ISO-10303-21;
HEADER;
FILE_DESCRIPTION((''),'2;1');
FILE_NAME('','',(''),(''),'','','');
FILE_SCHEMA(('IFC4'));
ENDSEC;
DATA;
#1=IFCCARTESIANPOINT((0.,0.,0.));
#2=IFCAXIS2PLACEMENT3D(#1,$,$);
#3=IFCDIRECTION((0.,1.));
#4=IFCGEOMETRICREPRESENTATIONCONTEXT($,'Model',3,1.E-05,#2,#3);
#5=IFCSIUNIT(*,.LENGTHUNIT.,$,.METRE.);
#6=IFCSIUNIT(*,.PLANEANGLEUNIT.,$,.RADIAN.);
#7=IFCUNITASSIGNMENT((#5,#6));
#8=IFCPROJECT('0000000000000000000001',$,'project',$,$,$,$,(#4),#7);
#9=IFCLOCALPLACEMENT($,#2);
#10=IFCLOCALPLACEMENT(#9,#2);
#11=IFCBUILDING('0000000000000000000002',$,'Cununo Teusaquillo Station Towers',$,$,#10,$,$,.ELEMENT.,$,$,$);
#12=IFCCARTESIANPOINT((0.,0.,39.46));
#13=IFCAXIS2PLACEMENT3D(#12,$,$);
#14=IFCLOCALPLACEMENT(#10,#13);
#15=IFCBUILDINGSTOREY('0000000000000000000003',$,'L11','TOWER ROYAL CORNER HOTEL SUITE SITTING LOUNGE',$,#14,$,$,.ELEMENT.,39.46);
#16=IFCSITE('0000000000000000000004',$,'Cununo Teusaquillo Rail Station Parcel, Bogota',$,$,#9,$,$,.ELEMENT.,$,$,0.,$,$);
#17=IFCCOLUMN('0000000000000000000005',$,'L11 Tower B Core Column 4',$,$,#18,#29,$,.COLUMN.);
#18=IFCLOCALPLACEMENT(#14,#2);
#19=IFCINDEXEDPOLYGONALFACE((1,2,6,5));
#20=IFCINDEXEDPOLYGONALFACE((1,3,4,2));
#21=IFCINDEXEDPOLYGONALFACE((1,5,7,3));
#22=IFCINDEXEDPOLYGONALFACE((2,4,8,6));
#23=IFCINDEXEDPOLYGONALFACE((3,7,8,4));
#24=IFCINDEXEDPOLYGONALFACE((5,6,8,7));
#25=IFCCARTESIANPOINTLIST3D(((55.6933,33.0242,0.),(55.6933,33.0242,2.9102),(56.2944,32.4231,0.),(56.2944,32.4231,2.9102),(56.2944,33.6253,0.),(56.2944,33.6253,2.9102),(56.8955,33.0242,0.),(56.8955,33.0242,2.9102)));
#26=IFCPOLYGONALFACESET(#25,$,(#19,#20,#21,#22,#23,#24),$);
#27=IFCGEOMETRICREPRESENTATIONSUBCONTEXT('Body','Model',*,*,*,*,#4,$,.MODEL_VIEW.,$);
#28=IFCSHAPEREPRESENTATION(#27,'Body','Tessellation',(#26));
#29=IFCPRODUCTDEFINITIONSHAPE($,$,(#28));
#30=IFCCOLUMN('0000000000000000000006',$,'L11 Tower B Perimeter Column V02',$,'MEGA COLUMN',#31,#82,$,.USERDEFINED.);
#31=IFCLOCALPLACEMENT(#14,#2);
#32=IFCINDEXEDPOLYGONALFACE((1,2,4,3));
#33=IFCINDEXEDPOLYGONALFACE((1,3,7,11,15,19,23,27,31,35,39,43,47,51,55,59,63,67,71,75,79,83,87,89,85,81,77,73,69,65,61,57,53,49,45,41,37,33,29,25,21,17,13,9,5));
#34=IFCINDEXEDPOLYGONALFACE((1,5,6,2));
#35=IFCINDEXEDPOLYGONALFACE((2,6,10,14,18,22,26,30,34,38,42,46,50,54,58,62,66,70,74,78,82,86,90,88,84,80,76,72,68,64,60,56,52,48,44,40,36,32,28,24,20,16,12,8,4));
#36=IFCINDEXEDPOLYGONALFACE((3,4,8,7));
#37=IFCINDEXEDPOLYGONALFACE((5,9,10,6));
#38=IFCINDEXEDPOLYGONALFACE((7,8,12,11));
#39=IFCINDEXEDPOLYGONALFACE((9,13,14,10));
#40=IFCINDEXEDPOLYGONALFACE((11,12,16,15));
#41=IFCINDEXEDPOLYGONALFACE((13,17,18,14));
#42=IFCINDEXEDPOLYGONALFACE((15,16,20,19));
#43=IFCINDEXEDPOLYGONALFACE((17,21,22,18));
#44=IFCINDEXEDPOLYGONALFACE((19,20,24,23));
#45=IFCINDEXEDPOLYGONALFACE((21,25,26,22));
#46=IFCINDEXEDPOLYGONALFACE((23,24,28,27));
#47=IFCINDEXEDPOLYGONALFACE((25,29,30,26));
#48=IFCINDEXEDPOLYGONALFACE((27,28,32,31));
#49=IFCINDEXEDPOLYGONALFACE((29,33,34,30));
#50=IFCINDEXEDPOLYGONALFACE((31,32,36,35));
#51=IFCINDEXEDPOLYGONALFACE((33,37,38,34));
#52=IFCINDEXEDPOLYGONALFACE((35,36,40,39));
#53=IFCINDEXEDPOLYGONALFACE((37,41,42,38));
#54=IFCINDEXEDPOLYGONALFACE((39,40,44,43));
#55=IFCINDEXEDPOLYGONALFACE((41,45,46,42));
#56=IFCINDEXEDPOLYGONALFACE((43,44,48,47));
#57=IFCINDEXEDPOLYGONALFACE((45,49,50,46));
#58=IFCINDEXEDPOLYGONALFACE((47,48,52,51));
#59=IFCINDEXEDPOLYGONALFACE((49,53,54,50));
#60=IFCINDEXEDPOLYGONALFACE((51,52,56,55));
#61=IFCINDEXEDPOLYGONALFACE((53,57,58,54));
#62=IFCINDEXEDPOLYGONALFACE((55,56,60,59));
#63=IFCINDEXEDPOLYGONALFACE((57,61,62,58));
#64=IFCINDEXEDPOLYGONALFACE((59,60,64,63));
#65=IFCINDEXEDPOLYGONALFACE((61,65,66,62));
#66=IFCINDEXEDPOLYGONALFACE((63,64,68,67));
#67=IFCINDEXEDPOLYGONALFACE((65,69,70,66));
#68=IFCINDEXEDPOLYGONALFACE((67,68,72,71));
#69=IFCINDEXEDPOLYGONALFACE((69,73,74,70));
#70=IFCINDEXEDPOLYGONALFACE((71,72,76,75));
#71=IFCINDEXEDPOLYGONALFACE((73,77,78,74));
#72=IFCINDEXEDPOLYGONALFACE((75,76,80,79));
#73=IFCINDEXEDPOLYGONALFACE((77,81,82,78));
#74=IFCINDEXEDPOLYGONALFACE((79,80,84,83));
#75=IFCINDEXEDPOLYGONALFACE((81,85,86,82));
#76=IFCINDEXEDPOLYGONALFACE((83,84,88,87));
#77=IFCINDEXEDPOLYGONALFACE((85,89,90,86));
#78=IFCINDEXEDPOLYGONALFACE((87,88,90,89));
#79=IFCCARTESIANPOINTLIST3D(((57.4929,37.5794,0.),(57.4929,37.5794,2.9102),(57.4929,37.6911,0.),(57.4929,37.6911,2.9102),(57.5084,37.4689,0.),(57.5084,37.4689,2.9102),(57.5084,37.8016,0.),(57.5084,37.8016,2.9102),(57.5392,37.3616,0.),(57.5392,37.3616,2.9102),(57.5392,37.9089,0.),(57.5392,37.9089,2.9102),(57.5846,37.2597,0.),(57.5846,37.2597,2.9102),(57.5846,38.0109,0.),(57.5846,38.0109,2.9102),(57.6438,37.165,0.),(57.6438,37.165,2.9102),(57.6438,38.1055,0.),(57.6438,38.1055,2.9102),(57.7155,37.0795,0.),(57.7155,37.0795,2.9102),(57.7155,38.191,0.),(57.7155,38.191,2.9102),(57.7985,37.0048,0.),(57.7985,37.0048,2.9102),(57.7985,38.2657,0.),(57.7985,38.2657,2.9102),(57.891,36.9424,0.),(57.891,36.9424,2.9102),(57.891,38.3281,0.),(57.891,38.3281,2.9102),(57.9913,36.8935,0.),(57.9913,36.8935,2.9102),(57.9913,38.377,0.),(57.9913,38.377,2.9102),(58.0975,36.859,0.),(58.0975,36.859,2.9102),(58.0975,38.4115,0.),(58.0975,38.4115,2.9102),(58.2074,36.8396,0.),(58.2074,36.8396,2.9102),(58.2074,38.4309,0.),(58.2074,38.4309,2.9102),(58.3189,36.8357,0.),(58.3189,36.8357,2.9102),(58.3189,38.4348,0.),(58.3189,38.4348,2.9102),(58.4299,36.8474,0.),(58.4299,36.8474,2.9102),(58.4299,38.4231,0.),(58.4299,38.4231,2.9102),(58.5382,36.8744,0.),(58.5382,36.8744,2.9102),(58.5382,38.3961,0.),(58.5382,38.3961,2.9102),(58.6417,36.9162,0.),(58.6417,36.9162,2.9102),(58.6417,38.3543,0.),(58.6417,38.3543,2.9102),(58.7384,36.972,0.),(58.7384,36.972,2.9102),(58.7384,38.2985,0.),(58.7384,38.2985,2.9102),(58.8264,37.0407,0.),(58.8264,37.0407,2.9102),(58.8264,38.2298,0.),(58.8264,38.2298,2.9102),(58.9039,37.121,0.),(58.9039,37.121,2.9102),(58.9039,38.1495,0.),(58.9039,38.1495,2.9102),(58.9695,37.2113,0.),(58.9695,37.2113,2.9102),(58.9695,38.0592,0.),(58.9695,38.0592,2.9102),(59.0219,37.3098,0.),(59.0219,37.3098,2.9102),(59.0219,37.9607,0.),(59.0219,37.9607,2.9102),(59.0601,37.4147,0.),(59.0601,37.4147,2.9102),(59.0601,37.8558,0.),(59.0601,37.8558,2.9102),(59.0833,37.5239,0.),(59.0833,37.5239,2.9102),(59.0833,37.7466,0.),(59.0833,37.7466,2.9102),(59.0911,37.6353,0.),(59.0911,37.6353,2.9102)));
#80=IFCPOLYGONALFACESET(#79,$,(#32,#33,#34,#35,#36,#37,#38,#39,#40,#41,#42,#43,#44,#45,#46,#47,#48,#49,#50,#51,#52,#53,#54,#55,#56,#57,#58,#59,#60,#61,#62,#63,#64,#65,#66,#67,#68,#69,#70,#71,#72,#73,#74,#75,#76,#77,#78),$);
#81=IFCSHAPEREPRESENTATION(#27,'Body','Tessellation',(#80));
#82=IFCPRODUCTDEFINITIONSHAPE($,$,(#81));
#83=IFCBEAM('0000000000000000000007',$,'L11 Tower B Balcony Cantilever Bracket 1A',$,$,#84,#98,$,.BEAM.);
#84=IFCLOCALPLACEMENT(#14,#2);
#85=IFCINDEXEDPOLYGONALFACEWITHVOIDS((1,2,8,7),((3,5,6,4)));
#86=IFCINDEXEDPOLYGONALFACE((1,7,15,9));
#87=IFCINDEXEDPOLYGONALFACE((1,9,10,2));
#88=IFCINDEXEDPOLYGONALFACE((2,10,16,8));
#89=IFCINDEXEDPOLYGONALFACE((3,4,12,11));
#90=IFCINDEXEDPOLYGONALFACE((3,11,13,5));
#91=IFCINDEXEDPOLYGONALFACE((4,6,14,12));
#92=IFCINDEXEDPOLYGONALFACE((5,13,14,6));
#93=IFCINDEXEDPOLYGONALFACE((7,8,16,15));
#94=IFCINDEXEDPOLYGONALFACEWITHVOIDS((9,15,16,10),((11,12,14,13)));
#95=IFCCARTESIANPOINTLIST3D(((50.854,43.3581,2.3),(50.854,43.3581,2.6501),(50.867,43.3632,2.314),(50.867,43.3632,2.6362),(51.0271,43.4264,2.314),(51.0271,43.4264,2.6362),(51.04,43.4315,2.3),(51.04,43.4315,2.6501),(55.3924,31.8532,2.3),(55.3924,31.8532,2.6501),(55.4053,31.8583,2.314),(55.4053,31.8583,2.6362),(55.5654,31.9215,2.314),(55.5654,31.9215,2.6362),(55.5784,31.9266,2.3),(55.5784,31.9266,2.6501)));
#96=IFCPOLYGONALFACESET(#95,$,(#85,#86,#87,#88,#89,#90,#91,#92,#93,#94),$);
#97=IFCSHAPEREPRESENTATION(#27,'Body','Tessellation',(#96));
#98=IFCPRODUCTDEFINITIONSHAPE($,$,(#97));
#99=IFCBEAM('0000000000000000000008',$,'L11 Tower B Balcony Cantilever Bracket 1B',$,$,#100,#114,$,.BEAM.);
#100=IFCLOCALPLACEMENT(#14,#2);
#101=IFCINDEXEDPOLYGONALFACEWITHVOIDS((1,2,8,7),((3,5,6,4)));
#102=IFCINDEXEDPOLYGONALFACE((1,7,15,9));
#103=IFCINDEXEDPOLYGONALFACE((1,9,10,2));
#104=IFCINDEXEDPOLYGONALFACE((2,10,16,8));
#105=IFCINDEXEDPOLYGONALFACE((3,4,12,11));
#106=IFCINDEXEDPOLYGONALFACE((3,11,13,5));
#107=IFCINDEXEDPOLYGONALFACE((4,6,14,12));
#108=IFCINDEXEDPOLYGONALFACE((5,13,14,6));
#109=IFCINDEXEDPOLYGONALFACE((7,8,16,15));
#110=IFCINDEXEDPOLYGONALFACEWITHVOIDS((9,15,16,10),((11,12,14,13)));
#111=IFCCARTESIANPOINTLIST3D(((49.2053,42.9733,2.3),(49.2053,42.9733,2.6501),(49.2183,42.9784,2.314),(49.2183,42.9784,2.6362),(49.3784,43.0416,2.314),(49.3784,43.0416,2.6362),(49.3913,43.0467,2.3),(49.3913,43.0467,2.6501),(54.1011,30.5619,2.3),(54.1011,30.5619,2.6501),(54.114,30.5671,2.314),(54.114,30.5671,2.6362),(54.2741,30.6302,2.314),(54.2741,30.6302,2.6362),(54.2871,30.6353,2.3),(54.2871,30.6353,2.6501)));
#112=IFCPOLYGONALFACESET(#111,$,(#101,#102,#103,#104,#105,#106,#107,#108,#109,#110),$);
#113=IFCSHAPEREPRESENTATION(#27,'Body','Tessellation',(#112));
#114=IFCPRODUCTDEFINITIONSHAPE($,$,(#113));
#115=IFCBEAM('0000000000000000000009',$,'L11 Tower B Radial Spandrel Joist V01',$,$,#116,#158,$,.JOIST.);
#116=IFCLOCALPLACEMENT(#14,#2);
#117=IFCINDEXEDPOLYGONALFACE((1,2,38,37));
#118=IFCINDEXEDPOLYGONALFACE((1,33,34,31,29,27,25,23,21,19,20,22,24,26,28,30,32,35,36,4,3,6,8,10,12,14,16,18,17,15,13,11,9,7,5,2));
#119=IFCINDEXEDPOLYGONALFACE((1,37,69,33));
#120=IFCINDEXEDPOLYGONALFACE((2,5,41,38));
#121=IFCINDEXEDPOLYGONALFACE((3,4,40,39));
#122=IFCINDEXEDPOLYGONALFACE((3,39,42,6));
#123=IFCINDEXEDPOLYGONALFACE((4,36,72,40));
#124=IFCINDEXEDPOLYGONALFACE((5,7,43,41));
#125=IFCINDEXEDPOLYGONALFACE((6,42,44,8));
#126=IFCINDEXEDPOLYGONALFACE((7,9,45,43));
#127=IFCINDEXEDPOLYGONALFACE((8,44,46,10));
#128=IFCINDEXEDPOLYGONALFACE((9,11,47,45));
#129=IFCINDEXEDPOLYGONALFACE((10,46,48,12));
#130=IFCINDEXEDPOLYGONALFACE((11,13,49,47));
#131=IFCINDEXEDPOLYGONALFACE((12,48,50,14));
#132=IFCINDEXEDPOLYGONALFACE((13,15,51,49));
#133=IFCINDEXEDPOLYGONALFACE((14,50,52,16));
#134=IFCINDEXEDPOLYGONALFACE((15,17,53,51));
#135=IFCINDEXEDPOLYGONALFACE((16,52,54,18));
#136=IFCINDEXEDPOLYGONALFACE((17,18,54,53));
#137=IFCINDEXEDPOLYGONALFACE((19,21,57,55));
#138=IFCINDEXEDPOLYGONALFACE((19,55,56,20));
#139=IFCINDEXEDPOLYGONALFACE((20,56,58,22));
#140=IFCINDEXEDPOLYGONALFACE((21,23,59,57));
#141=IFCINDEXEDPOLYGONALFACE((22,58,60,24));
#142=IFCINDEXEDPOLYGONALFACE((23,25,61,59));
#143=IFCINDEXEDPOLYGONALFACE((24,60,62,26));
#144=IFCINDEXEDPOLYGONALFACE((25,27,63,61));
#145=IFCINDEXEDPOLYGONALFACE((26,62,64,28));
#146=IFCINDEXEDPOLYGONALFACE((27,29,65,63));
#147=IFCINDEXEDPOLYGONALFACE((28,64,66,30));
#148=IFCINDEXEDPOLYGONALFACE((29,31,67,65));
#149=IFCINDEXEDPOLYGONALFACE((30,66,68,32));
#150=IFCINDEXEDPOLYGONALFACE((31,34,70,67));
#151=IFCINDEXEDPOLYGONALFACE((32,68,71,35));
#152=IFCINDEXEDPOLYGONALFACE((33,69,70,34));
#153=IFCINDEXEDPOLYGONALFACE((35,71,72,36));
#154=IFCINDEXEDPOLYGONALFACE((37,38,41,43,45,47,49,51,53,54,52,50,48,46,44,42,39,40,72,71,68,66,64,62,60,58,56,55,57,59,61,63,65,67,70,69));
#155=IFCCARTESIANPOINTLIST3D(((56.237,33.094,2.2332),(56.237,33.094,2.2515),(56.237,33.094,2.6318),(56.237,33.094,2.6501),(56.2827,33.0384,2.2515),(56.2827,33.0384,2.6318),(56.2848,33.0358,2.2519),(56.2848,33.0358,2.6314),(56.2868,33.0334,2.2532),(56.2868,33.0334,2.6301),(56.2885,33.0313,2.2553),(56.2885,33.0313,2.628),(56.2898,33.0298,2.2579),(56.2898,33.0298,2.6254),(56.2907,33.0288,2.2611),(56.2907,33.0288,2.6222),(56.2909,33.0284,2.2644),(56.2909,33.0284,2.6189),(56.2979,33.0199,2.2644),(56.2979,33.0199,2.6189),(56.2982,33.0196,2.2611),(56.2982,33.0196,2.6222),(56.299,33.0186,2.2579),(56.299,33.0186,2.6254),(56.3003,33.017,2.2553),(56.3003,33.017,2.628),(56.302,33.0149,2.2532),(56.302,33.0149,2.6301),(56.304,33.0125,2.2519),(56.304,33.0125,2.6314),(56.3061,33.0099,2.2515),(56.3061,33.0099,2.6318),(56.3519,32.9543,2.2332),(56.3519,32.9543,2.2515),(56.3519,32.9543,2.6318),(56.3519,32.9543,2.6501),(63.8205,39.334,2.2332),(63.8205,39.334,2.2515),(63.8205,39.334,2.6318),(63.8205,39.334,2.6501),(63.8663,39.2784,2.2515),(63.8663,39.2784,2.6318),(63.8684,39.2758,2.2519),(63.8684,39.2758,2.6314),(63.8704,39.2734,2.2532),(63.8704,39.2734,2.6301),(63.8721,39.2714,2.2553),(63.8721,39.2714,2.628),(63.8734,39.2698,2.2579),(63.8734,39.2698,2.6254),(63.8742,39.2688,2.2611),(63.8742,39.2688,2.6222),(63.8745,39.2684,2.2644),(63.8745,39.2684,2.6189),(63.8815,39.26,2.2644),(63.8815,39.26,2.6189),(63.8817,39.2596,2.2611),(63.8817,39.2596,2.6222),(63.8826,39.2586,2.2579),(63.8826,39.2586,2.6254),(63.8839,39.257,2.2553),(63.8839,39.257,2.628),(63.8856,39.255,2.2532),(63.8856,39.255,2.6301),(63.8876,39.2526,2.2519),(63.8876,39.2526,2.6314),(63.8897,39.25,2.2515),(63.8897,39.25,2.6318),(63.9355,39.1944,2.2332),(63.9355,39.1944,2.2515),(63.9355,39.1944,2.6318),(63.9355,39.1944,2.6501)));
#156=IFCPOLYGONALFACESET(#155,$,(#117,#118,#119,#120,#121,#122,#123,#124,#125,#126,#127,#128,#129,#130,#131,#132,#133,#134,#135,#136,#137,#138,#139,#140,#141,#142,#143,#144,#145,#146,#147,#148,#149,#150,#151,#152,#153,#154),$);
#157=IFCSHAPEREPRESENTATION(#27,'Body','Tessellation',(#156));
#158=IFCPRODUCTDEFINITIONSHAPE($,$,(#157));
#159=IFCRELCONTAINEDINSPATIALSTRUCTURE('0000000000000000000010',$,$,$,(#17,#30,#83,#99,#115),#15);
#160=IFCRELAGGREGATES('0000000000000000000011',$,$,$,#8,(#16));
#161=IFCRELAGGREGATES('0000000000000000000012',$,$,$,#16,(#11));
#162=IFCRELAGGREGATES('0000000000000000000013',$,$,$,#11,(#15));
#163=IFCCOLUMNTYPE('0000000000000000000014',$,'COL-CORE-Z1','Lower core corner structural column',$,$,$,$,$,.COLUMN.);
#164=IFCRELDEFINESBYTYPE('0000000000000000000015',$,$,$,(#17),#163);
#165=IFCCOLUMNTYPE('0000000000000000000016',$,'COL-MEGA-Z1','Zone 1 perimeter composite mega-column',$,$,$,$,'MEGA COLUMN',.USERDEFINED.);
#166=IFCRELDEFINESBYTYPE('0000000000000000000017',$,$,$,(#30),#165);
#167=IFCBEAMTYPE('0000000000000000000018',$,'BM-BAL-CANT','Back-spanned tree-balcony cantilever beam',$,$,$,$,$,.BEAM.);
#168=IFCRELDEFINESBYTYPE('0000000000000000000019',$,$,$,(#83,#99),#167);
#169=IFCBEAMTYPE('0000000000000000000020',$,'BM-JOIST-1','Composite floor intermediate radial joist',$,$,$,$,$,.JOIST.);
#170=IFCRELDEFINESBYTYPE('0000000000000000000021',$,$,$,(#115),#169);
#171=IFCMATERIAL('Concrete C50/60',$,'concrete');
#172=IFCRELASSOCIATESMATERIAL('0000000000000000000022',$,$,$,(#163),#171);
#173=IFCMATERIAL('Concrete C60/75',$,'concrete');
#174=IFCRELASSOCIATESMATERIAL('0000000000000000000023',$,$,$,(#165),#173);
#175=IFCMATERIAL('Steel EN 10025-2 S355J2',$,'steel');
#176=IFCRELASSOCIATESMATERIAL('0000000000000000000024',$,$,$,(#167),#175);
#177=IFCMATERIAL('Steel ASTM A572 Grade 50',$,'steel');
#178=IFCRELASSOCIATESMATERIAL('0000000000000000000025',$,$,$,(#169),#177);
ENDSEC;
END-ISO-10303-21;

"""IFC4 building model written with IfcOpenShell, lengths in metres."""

from ifc_helpers import new_model, si_unit, direction, frame, origin, origin_2d, place, context, subcontext, project, spatial, rectangle, hollow_rectangle, circle, i_section, extrude, material, material_profile, profile_set, type_object, element, save


model = new_model("IFC4")

# Units and contexts
model_context = context("Model", 3, precision=1e-05, world=origin(), true_north=direction((0.0, 1.0)))
body_context = subcontext(model_context, "Body", "Model", "MODEL_VIEW")
ifc_project = project(units=[si_unit("LENGTHUNIT", "METRE"), si_unit("PLANEANGLEUNIT", "RADIAN")], contexts=[model_context])

# Site, building, storey
site_placement = place(None, origin())
site = spatial("IfcSite", under=ifc_project, at=site_placement, Name="Cununo Teusaquillo Rail Station Parcel, Bogota", CompositionType="ELEMENT", RefElevation=0.0)
building_placement = place(site_placement, origin())
building = spatial("IfcBuilding", under=site, at=building_placement, Name="Cununo Teusaquillo Station Towers", CompositionType="ELEMENT")
storey_placement = place(building_placement, frame((0.0, 0.0, 39.46)))
storey = spatial("IfcBuildingStorey", under=building, at=storey_placement, Name="L11", Description="TOWER ROYAL CORNER HOTEL SUITE SITTING LOUNGE", CompositionType="ELEMENT", Elevation=39.46)

# Columns
ifc_material_1 = material(Name="Concrete C50/60", Category="concrete")
ifc_material_profile_1 = material_profile(ifc_material_1, rectangle(XDim=0.8501, YDim=0.8501, at=origin_2d()), Name="RC-RECT-850x850")
ifc_profile_set_1 = profile_set([ifc_material_profile_1], Name="Concrete C50/60")
column_type_1 = type_object("IfcColumnType", Name="COL-CORE-Z1", Description="Lower core corner structural column", PredefinedType="COLUMN", material=ifc_profile_set_1)
column_1_placement = place(storey_placement, frame((56.2944, 33.0242, 0.0), z_axis=(0.0, 0.0, 1.0), x_axis=(0.707107, 0.707107, 0.0)))
element("IfcColumn", 1, at=column_1_placement, inside=storey, type_object=column_type_1, Name="L11 Tower B Core Column 4", PredefinedType="COLUMN", context=body_context, shape_type="SweptSolid", body=[
    extrude(rectangle(XDim=0.8501, YDim=0.8501, at=origin_2d()), origin(), (0.0, 0.0, 1.0), 2.9102),
])
ifc_material_2 = material(Name="Concrete C60/75", Category="concrete")
ifc_material_profile_2 = material_profile(ifc_material_2, circle(Radius=0.8, at=origin_2d()), Name="RC-CIRC-1600")
ifc_profile_set_2 = profile_set([ifc_material_profile_2], Name="Concrete C60/75")
column_type_2 = type_object("IfcColumnType", Name="COL-MEGA-Z1", Description="Zone 1 perimeter composite mega-column", ElementType="MEGA COLUMN", PredefinedType="USERDEFINED", material=ifc_profile_set_2)
column_2_placement = place(storey_placement, frame((58.291, 37.6353, 0.0), z_axis=(0.0, 0.0, 1.0), x_axis=(1.0, 0.0, 0.0)))
element("IfcColumn", 2, at=column_2_placement, inside=storey, type_object=column_type_2, Name="L11 Tower B Perimeter Column V02", ObjectType="MEGA COLUMN", PredefinedType="USERDEFINED", context=body_context, shape_type="SweptSolid", body=[
    extrude(circle(Radius=0.8, at=origin_2d()), origin(), (0.0, 0.0, 1.0), 2.9102),
])

# Beams
ifc_material_3 = material(Name="Steel EN 10025-2 S355J2", Category="steel")
ifc_material_profile_3 = material_profile(ifc_material_3, hollow_rectangle(XDim=0.2, YDim=0.3501, WallThickness=0.0139, at=origin_2d()), Name="RHS 350x200x14")
ifc_profile_set_3 = profile_set([ifc_material_profile_3], Name="Steel EN 10025-2 S355J2")
beam_type_1 = type_object("IfcBeamType", Name="BM-BAL-CANT", Description="Back-spanned tree-balcony cantilever beam", PredefinedType="BEAM", material=ifc_profile_set_3)
beam_1_placement = place(storey_placement, frame((55.4854, 31.8899, 2.4751), z_axis=(-0.366952, 0.93024, 0.0), x_axis=(-0.93024, -0.366952, 0.0)))
element("IfcBeam", 3, at=beam_1_placement, inside=storey, type_object=beam_type_1, Name="L11 Tower B Balcony Cantilever Bracket 1A", PredefinedType="BEAM", context=body_context, shape_type="SweptSolid", body=[
    extrude(hollow_rectangle(XDim=0.2, YDim=0.3501, WallThickness=0.0139, at=origin_2d()), origin(), (0.0, 0.0, 1.0), 12.3677),
])
beam_2_placement = place(storey_placement, frame((54.1941, 30.5986, 2.4751), z_axis=(-0.366941, 0.930244, 0.0), x_axis=(-0.930244, -0.366941, 0.0)))
element("IfcBeam", 4, at=beam_2_placement, inside=storey, type_object=beam_type_1, Name="L11 Tower B Balcony Cantilever Bracket 1B", PredefinedType="BEAM", context=body_context, shape_type="SweptSolid", body=[
    extrude(hollow_rectangle(XDim=0.2, YDim=0.3501, WallThickness=0.0139, at=origin_2d()), origin(), (0.0, 0.0, 1.0), 13.342),
])
ifc_material_4 = material(Name="Steel ASTM A572 Grade 50", Category="steel")
ifc_material_profile_4 = material_profile(ifc_material_4, i_section(OverallWidth=0.1809, OverallDepth=0.417, WebThickness=0.011, FlangeThickness=0.0183, FilletRadius=0.0129, at=origin_2d()), Name="W16X57")
ifc_profile_set_4 = profile_set([ifc_material_profile_4], Name="Steel ASTM A572 Grade 50")
beam_type_2 = type_object("IfcBeamType", Name="BM-JOIST-1", Description="Composite floor intermediate radial joist", PredefinedType="JOIST", material=ifc_profile_set_4)
beam_3_placement = place(storey_placement, frame((56.2944, 33.0242, 2.4417), z_axis=(0.772192, 0.635389, 0.0), x_axis=(-0.635389, 0.772192, 0.0)))
element("IfcBeam", 5, at=beam_3_placement, inside=storey, type_object=beam_type_2, Name="L11 Tower B Radial Spandrel Joist V01", PredefinedType="JOIST", context=body_context, shape_type="SweptSolid", body=[
    extrude(i_section(OverallWidth=0.1809, OverallDepth=0.417, WebThickness=0.011, FlangeThickness=0.0183, FilletRadius=0.0129, at=origin_2d()), origin(), (0.0, 0.0, 1.0), 9.8208),
])

save(model, "model.ifc")
